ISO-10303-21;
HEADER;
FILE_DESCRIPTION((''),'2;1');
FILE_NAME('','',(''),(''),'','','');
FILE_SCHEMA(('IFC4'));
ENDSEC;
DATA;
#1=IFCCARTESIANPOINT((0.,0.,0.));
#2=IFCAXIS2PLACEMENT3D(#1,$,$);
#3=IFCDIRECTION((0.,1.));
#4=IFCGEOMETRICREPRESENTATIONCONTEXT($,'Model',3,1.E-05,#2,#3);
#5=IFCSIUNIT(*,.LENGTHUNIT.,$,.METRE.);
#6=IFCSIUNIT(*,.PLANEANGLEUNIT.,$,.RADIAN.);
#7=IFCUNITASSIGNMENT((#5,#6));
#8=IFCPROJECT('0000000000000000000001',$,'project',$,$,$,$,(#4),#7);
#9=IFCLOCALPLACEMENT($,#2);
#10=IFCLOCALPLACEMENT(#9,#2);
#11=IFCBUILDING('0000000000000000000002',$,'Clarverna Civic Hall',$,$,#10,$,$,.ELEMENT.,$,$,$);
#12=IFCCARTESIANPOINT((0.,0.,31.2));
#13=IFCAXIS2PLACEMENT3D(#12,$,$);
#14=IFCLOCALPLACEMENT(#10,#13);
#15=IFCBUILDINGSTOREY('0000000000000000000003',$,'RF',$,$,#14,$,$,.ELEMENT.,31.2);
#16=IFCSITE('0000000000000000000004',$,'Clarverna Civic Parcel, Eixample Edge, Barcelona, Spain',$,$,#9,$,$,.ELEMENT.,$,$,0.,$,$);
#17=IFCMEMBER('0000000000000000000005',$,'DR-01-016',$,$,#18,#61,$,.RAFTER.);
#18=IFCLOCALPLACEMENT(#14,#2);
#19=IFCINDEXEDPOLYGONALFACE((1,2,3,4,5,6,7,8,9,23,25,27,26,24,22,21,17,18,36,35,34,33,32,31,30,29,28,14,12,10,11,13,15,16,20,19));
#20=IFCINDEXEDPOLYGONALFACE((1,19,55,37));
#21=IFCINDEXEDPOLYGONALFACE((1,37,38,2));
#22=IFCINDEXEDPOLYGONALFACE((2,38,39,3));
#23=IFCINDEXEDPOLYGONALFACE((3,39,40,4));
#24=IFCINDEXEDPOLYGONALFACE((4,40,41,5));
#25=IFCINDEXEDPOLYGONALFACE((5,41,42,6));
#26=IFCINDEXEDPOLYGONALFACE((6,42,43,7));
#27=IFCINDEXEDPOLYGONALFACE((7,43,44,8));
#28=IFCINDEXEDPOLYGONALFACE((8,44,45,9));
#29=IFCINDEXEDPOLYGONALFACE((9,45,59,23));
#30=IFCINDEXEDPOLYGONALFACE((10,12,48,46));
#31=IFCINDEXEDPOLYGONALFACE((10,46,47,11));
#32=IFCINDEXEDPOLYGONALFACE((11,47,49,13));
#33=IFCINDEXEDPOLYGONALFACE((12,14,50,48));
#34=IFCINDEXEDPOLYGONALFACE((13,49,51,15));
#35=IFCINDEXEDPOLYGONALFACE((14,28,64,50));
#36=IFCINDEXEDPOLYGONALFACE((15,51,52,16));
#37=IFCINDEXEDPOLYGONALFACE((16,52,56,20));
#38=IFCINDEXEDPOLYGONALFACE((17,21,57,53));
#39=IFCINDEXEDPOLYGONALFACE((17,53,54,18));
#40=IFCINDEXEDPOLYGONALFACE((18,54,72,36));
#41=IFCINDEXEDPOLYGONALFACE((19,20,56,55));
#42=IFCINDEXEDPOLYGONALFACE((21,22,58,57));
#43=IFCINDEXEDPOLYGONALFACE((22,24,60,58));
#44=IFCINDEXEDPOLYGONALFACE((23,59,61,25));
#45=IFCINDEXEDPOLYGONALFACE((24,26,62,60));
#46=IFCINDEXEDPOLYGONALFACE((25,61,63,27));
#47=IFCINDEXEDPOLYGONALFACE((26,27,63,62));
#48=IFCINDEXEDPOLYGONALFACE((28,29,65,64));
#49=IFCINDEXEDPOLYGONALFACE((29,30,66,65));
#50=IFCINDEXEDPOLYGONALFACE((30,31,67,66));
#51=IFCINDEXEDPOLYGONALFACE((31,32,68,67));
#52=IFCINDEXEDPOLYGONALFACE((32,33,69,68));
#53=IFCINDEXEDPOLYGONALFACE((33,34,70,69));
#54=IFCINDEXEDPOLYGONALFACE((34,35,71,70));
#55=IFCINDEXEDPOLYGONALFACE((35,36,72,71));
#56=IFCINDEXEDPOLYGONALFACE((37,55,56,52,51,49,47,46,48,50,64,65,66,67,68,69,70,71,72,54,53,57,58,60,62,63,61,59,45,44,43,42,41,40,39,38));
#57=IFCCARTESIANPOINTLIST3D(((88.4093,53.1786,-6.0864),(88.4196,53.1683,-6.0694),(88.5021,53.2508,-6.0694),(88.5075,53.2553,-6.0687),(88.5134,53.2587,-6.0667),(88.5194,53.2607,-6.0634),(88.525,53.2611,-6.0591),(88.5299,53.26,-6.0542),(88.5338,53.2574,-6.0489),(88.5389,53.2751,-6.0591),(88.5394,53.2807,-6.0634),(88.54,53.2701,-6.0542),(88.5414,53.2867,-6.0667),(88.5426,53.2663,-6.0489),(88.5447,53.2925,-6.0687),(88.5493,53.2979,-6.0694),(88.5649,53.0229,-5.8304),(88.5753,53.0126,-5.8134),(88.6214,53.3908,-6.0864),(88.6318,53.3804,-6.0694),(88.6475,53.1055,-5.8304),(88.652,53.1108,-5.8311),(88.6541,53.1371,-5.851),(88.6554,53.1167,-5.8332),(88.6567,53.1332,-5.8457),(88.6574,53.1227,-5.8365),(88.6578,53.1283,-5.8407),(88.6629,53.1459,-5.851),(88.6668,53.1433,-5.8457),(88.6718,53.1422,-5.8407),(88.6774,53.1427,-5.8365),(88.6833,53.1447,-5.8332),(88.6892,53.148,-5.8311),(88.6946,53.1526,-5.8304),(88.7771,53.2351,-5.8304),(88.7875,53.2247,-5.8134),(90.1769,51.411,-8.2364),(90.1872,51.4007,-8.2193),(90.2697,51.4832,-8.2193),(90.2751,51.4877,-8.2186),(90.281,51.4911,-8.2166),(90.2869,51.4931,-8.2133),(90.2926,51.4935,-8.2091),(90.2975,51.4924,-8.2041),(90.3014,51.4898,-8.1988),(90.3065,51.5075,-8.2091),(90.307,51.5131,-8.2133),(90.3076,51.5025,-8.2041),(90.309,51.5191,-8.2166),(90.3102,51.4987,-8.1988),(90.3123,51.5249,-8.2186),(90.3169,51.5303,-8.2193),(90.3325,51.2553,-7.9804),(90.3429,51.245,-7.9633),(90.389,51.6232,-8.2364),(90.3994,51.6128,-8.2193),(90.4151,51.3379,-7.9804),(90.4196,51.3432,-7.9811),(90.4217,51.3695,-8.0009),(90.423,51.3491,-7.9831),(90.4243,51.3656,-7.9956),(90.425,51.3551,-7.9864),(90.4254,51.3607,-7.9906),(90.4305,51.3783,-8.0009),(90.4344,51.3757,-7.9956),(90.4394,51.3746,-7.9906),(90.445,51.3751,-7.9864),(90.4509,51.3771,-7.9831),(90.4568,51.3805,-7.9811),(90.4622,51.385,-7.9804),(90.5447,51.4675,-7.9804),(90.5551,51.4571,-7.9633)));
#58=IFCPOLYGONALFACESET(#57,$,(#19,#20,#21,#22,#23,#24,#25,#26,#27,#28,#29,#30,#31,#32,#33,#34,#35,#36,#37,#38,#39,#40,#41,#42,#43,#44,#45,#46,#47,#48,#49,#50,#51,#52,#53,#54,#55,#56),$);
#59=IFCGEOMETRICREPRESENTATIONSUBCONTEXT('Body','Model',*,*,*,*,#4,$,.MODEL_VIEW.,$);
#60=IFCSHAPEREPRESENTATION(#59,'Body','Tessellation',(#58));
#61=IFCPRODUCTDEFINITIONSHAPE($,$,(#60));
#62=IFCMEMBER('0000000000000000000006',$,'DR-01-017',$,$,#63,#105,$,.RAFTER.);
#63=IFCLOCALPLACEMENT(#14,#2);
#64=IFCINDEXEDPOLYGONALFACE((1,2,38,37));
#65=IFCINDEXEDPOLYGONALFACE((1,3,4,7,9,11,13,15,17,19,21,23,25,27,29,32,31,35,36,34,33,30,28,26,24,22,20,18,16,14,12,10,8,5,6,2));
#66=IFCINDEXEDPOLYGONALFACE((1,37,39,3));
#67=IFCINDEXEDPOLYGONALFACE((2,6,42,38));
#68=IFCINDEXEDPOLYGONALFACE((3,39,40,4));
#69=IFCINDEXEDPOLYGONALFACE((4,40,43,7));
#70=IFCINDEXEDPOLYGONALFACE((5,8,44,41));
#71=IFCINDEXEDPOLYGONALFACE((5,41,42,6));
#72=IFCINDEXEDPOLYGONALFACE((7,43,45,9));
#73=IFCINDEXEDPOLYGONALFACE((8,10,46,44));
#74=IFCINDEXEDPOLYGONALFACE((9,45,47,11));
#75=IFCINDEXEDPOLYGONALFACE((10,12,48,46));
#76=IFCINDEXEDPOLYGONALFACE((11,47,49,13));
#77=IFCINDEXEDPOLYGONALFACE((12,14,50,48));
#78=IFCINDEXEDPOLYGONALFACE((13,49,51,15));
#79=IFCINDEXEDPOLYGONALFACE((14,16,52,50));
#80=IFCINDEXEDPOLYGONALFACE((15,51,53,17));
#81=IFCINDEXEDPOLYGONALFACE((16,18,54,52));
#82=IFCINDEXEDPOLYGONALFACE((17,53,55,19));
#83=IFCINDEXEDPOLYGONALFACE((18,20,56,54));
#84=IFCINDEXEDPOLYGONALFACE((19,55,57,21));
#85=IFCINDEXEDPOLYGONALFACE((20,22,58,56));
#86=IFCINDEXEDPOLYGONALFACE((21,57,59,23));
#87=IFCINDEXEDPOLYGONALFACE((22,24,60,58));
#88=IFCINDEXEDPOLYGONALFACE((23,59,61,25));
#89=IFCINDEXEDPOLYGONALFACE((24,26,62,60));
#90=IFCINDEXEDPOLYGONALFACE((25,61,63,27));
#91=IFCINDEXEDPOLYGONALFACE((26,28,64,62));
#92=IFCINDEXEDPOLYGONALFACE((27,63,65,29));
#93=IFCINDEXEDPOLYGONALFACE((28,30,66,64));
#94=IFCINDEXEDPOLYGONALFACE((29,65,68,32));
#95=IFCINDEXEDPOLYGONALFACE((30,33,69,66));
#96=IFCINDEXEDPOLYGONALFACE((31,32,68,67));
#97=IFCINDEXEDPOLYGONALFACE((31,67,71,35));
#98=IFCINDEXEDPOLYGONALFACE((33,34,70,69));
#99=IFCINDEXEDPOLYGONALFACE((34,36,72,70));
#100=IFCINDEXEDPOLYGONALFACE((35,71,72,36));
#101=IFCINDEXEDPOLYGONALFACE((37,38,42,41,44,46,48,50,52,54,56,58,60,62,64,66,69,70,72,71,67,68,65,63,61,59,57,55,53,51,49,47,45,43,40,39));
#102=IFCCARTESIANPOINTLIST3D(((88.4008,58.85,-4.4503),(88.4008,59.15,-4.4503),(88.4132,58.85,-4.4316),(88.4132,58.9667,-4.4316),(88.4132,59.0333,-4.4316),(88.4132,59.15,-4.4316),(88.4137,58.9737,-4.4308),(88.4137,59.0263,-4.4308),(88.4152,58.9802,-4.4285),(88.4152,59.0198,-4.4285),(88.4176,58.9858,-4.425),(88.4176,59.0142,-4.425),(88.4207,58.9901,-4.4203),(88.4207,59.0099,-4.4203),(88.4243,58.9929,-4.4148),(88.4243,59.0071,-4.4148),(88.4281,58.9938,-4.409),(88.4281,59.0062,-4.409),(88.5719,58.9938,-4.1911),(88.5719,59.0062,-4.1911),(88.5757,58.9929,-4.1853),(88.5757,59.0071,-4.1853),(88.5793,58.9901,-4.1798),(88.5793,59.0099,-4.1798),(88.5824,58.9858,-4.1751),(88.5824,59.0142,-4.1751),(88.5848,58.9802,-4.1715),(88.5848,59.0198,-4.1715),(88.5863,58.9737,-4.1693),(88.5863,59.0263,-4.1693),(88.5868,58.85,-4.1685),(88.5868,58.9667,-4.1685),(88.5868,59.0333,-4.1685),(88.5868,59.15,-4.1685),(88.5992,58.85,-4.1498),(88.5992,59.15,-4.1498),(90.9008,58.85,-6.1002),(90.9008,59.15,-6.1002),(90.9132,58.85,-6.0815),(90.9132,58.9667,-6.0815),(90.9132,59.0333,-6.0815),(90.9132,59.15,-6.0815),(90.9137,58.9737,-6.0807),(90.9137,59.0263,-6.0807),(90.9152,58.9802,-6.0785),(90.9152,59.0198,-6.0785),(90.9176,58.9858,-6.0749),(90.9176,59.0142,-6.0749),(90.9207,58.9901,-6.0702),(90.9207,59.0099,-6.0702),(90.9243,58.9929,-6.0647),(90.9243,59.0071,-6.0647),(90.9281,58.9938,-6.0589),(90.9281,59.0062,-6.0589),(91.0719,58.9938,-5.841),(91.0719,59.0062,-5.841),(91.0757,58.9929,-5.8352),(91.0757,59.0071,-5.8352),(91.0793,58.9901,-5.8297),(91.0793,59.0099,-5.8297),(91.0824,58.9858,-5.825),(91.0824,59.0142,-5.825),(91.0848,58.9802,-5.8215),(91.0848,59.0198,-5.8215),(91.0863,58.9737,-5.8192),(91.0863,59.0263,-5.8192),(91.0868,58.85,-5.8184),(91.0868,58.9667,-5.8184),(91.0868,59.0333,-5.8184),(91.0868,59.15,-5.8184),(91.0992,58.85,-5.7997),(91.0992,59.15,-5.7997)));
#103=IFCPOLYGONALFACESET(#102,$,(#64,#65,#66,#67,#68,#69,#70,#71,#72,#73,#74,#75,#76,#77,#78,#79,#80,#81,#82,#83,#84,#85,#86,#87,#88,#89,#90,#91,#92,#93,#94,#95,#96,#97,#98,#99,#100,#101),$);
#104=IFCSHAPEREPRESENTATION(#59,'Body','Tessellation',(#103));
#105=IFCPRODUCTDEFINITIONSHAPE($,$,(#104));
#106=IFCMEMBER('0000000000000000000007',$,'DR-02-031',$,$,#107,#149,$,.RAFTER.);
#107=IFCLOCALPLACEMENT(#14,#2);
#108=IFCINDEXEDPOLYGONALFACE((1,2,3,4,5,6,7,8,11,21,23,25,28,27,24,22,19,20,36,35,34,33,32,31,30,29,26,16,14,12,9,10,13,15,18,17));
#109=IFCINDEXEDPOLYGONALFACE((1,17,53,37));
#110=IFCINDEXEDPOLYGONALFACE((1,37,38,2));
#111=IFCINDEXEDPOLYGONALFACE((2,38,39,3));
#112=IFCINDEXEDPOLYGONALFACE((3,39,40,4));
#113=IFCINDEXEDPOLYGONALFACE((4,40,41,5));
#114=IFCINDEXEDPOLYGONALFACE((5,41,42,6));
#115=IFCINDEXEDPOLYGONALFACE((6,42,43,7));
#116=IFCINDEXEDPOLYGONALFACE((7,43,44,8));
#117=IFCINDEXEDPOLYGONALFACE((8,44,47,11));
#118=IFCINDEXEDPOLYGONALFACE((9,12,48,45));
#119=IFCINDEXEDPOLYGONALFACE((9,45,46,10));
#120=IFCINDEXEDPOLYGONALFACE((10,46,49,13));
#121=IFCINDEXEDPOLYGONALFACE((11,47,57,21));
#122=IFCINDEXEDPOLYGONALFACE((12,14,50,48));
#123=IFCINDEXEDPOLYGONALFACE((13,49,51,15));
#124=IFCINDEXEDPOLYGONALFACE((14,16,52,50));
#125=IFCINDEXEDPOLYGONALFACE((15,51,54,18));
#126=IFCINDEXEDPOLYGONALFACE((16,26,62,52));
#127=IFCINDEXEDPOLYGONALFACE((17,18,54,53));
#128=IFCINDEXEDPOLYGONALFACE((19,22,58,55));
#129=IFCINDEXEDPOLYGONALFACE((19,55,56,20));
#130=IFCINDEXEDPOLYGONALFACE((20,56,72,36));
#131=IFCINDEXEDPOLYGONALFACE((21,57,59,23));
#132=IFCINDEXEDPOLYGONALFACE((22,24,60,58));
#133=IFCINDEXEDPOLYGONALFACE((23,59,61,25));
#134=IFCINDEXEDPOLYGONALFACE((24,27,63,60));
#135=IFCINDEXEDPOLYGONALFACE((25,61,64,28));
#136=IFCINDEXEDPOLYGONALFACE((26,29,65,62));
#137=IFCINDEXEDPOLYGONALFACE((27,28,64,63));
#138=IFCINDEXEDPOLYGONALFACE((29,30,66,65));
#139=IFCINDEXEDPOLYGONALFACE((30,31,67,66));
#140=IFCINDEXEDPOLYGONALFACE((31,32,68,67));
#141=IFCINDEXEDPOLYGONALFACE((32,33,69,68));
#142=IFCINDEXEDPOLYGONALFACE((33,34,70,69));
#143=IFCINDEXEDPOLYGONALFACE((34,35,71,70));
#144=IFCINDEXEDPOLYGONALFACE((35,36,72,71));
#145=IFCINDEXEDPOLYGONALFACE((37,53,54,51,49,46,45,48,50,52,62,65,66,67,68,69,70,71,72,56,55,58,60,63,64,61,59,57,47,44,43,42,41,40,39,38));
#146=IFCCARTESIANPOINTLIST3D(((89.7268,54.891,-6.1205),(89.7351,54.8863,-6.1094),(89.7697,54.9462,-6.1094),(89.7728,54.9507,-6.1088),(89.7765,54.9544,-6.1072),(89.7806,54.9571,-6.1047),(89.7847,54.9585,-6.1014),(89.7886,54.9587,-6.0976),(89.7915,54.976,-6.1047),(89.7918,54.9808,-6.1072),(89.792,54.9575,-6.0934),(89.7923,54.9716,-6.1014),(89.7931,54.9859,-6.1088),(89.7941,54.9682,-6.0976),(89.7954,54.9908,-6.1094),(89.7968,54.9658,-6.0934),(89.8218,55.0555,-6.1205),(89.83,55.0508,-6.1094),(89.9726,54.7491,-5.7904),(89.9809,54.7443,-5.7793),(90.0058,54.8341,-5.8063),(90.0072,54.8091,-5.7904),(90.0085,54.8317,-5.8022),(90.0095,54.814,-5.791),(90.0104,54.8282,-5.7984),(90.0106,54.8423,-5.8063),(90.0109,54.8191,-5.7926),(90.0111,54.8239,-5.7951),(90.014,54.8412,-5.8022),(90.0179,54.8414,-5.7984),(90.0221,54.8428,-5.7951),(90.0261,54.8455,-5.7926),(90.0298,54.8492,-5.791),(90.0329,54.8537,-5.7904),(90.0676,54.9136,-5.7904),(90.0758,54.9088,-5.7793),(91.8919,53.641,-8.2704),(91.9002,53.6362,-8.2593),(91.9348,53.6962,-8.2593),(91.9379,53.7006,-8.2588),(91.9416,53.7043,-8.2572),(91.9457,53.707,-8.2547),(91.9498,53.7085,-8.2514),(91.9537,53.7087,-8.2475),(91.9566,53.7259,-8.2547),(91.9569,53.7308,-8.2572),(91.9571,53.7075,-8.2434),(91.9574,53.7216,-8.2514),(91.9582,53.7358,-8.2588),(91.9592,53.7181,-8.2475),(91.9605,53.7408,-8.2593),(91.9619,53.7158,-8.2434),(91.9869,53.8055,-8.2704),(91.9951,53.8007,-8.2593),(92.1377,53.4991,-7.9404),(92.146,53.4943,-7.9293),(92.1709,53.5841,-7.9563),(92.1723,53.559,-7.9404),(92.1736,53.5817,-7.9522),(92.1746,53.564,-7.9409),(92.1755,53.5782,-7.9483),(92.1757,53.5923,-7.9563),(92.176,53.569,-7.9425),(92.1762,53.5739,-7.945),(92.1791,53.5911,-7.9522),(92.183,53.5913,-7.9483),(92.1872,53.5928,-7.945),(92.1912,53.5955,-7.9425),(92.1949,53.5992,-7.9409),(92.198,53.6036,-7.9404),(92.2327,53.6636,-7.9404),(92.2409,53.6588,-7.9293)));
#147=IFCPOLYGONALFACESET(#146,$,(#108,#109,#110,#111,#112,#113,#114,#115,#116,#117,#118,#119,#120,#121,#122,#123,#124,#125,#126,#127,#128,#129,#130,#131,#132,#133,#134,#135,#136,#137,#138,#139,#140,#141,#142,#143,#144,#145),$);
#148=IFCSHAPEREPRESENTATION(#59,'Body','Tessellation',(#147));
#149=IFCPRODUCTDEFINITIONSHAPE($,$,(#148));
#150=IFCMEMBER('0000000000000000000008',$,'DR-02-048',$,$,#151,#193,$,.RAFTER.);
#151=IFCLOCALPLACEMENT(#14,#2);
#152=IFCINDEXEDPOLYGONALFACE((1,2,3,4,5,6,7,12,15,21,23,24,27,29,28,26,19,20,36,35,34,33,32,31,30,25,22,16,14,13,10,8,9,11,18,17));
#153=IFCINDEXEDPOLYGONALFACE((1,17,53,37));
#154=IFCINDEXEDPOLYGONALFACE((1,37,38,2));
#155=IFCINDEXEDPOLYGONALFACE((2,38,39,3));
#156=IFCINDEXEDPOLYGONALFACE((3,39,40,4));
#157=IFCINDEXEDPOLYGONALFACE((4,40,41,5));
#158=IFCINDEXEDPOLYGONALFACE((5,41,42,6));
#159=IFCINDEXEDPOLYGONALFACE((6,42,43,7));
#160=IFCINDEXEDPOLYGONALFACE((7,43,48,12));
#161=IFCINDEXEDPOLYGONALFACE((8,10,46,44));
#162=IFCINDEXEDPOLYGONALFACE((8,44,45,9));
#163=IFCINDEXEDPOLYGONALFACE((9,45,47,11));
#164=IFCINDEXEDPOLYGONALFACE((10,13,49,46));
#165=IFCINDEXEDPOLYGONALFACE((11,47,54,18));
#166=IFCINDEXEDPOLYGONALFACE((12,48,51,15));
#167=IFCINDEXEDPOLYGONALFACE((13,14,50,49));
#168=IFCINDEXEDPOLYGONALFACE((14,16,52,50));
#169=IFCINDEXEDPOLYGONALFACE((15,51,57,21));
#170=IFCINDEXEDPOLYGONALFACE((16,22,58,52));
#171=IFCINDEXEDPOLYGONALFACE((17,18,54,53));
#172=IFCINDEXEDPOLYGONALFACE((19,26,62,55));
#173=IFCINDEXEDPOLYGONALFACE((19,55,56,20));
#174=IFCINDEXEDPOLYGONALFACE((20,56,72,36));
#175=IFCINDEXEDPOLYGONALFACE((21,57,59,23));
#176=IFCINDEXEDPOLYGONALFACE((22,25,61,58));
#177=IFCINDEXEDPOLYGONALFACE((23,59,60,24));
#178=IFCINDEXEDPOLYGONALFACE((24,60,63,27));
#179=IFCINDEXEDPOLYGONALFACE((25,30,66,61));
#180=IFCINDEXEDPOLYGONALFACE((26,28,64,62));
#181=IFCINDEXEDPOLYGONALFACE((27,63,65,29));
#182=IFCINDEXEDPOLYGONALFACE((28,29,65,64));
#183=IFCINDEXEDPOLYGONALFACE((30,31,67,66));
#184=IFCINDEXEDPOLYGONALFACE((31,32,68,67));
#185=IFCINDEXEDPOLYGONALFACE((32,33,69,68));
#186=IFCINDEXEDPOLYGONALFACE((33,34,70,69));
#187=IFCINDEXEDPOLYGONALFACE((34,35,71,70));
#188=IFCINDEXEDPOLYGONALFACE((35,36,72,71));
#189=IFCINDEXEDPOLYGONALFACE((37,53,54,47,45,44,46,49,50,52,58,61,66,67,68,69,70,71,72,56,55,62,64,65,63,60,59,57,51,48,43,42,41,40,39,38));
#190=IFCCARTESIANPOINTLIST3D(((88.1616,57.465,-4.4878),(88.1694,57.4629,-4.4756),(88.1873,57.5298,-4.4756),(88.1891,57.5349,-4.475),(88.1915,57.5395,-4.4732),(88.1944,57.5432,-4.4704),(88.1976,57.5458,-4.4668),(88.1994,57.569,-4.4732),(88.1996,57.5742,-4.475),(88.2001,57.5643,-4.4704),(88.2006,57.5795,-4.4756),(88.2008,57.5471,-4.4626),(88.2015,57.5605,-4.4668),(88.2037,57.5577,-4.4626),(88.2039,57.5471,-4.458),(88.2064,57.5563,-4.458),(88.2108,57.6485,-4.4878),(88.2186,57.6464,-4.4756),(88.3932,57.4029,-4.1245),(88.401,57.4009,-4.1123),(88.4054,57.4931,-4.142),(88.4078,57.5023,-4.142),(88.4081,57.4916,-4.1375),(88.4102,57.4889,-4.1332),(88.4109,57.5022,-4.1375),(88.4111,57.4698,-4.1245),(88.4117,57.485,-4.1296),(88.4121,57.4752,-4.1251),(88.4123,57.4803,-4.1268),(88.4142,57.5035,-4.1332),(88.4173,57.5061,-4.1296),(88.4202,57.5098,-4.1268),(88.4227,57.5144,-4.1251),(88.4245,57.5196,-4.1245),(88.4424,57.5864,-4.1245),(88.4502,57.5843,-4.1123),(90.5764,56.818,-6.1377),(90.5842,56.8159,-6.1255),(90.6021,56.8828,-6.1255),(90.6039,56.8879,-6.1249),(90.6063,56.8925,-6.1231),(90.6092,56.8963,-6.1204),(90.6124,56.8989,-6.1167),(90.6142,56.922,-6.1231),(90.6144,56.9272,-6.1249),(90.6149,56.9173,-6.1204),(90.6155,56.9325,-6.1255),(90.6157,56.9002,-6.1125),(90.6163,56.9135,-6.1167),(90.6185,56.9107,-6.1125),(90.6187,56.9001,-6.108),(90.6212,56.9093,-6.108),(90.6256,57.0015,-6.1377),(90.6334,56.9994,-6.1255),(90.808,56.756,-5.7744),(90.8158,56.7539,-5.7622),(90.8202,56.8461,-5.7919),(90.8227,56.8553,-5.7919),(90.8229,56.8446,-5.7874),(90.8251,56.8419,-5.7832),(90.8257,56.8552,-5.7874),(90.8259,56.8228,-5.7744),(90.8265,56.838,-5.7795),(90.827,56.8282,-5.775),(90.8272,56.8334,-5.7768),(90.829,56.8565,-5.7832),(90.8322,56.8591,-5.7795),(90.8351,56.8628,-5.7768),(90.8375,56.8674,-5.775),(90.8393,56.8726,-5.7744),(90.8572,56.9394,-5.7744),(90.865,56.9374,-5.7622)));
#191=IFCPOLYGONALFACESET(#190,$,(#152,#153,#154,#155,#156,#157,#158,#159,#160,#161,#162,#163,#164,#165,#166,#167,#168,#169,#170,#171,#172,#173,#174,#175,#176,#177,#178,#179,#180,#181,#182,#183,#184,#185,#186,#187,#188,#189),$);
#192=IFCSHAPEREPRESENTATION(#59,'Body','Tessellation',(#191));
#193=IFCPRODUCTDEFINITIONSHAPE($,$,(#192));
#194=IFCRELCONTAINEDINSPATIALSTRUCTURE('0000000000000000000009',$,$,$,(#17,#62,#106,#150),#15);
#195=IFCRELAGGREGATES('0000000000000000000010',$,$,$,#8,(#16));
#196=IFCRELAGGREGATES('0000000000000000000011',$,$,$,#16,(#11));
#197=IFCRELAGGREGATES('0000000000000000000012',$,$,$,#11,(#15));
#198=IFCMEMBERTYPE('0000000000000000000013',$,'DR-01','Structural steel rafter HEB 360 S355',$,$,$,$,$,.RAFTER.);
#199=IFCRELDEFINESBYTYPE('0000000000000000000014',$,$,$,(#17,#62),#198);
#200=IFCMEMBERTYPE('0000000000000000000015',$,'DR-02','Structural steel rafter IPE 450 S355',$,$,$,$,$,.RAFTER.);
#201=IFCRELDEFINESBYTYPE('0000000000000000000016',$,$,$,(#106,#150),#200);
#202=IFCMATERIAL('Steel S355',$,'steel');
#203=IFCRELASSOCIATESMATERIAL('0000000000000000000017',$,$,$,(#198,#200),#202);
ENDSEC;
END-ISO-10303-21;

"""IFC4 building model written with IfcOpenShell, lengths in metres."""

from ifc_helpers import new_model, si_unit, direction, frame, origin, origin_2d, place, context, subcontext, project, spatial, i_section, extrude, material, material_profile, profile_set, type_object, element, save


model = new_model("IFC4")

# Units and contexts
model_context = context("Model", 3, precision=1e-05, world=origin(), true_north=direction((0.0, 1.0)))
body_context = subcontext(model_context, "Body", "Model", "MODEL_VIEW")
ifc_project = project(units=[si_unit("LENGTHUNIT", "METRE"), si_unit("PLANEANGLEUNIT", "RADIAN")], contexts=[model_context])

# Site, building, storey
site_placement = place(None, origin())
site = spatial("IfcSite", under=ifc_project, at=site_placement, Name="Clarverna Civic Parcel, Eixample Edge, Barcelona, Spain", CompositionType="ELEMENT", RefElevation=0.0)
building_placement = place(site_placement, origin())
building = spatial("IfcBuilding", under=site, at=building_placement, Name="Clarverna Civic Hall", CompositionType="ELEMENT")
storey_placement = place(building_placement, frame((0.0, 0.0, 31.2)))
storey = spatial("IfcBuildingStorey", under=building, at=storey_placement, Name="RF", CompositionType="ELEMENT", Elevation=31.2)

# Members
ifc_material_1 = material(Name="Steel S355", Category="steel")
ifc_material_profile_1 = material_profile(ifc_material_1, i_section(OverallWidth=0.3, OverallDepth=0.3601, WebThickness=0.0125, FlangeThickness=0.0225, FilletRadius=0.0271, at=origin_2d()), Name="HEB 360")
ifc_profile_set_1 = profile_set([ifc_material_profile_1], Name="Steel S355")
member_type_1 = type_object("IfcMemberType", Name="DR-01", Description="Structural steel rafter HEB 360 S355", PredefinedType="RAFTER", material=ifc_profile_set_1)
member_1_placement = place(storey_placement, frame((90.366, 51.4341, -8.0999), z_axis=(-0.536104, 0.536104, 0.652062), x_axis=(-0.707107, -0.707107, 0.0)))
element("IfcMember", 1, at=member_1_placement, inside=storey, type_object=member_type_1, Name="DR-01-016", PredefinedType="RAFTER", context=body_context, shape_type="SweptSolid", body=[
    extrude(i_section(OverallWidth=0.3, OverallDepth=0.3601, WebThickness=0.0125, FlangeThickness=0.0225, FilletRadius=0.0271, at=origin_2d()), origin(), (0.0, 0.0, 1.0), 3.2971),
])
member_2_placement = place(storey_placement, frame((91.0, 59.0, -5.95), z_axis=(-0.834624, 0.0, 0.550819), x_axis=(0.0, -1.0, 0.0)))
element("IfcMember", 2, at=member_2_placement, inside=storey, type_object=member_type_1, Name="DR-01-017", PredefinedType="RAFTER", context=body_context, shape_type="SweptSolid", body=[
    extrude(i_section(OverallWidth=0.3, OverallDepth=0.3601, WebThickness=0.0125, FlangeThickness=0.0225, FilletRadius=0.0271, at=origin_2d()), origin(), (0.0, 0.0, 1.0), 2.9954),
])
ifc_material_profile_2 = material_profile(ifc_material_1, i_section(OverallWidth=0.1899, OverallDepth=0.45, WebThickness=0.0095, FlangeThickness=0.0146, FilletRadius=0.021, at=origin_2d()), Name="IPE 450")
ifc_profile_set_2 = profile_set([ifc_material_profile_2], Name="Steel S355")
member_type_2 = type_object("IfcMemberType", Name="DR-02", Description="Structural steel rafter IPE 450 S355", PredefinedType="RAFTER", material=ifc_profile_set_2)
member_3_placement = place(storey_placement, frame((92.0664, 53.6499, -8.0999), z_axis=(-0.656616, 0.379102, 0.652025), x_axis=(-0.500004, -0.866023, 0.0)))
element("IfcMember", 3, at=member_3_placement, inside=storey, type_object=member_type_2, Name="DR-02-031", PredefinedType="RAFTER", context=body_context, shape_type="SweptSolid", body=[
    extrude(i_section(OverallWidth=0.1899, OverallDepth=0.45, WebThickness=0.0095, FlangeThickness=0.0146, FilletRadius=0.021, at=origin_2d()), origin(), (0.0, 0.0, 1.0), 3.2974),
])
member_4_placement = place(storey_placement, frame((90.7207, 56.8777, -5.95), z_axis=(-0.806187, 0.215994, 0.550825), x_axis=(-0.258793, -0.965933, 0.0)))
element("IfcMember", 4, at=member_4_placement, inside=storey, type_object=member_type_2, Name="DR-02-048", PredefinedType="RAFTER", context=body_context, shape_type="SweptSolid", body=[
    extrude(i_section(OverallWidth=0.1899, OverallDepth=0.45, WebThickness=0.0095, FlangeThickness=0.0146, FilletRadius=0.021, at=origin_2d()), origin(), (0.0, 0.0, 1.0), 2.9954),
])

save(model, "model.ifc")
